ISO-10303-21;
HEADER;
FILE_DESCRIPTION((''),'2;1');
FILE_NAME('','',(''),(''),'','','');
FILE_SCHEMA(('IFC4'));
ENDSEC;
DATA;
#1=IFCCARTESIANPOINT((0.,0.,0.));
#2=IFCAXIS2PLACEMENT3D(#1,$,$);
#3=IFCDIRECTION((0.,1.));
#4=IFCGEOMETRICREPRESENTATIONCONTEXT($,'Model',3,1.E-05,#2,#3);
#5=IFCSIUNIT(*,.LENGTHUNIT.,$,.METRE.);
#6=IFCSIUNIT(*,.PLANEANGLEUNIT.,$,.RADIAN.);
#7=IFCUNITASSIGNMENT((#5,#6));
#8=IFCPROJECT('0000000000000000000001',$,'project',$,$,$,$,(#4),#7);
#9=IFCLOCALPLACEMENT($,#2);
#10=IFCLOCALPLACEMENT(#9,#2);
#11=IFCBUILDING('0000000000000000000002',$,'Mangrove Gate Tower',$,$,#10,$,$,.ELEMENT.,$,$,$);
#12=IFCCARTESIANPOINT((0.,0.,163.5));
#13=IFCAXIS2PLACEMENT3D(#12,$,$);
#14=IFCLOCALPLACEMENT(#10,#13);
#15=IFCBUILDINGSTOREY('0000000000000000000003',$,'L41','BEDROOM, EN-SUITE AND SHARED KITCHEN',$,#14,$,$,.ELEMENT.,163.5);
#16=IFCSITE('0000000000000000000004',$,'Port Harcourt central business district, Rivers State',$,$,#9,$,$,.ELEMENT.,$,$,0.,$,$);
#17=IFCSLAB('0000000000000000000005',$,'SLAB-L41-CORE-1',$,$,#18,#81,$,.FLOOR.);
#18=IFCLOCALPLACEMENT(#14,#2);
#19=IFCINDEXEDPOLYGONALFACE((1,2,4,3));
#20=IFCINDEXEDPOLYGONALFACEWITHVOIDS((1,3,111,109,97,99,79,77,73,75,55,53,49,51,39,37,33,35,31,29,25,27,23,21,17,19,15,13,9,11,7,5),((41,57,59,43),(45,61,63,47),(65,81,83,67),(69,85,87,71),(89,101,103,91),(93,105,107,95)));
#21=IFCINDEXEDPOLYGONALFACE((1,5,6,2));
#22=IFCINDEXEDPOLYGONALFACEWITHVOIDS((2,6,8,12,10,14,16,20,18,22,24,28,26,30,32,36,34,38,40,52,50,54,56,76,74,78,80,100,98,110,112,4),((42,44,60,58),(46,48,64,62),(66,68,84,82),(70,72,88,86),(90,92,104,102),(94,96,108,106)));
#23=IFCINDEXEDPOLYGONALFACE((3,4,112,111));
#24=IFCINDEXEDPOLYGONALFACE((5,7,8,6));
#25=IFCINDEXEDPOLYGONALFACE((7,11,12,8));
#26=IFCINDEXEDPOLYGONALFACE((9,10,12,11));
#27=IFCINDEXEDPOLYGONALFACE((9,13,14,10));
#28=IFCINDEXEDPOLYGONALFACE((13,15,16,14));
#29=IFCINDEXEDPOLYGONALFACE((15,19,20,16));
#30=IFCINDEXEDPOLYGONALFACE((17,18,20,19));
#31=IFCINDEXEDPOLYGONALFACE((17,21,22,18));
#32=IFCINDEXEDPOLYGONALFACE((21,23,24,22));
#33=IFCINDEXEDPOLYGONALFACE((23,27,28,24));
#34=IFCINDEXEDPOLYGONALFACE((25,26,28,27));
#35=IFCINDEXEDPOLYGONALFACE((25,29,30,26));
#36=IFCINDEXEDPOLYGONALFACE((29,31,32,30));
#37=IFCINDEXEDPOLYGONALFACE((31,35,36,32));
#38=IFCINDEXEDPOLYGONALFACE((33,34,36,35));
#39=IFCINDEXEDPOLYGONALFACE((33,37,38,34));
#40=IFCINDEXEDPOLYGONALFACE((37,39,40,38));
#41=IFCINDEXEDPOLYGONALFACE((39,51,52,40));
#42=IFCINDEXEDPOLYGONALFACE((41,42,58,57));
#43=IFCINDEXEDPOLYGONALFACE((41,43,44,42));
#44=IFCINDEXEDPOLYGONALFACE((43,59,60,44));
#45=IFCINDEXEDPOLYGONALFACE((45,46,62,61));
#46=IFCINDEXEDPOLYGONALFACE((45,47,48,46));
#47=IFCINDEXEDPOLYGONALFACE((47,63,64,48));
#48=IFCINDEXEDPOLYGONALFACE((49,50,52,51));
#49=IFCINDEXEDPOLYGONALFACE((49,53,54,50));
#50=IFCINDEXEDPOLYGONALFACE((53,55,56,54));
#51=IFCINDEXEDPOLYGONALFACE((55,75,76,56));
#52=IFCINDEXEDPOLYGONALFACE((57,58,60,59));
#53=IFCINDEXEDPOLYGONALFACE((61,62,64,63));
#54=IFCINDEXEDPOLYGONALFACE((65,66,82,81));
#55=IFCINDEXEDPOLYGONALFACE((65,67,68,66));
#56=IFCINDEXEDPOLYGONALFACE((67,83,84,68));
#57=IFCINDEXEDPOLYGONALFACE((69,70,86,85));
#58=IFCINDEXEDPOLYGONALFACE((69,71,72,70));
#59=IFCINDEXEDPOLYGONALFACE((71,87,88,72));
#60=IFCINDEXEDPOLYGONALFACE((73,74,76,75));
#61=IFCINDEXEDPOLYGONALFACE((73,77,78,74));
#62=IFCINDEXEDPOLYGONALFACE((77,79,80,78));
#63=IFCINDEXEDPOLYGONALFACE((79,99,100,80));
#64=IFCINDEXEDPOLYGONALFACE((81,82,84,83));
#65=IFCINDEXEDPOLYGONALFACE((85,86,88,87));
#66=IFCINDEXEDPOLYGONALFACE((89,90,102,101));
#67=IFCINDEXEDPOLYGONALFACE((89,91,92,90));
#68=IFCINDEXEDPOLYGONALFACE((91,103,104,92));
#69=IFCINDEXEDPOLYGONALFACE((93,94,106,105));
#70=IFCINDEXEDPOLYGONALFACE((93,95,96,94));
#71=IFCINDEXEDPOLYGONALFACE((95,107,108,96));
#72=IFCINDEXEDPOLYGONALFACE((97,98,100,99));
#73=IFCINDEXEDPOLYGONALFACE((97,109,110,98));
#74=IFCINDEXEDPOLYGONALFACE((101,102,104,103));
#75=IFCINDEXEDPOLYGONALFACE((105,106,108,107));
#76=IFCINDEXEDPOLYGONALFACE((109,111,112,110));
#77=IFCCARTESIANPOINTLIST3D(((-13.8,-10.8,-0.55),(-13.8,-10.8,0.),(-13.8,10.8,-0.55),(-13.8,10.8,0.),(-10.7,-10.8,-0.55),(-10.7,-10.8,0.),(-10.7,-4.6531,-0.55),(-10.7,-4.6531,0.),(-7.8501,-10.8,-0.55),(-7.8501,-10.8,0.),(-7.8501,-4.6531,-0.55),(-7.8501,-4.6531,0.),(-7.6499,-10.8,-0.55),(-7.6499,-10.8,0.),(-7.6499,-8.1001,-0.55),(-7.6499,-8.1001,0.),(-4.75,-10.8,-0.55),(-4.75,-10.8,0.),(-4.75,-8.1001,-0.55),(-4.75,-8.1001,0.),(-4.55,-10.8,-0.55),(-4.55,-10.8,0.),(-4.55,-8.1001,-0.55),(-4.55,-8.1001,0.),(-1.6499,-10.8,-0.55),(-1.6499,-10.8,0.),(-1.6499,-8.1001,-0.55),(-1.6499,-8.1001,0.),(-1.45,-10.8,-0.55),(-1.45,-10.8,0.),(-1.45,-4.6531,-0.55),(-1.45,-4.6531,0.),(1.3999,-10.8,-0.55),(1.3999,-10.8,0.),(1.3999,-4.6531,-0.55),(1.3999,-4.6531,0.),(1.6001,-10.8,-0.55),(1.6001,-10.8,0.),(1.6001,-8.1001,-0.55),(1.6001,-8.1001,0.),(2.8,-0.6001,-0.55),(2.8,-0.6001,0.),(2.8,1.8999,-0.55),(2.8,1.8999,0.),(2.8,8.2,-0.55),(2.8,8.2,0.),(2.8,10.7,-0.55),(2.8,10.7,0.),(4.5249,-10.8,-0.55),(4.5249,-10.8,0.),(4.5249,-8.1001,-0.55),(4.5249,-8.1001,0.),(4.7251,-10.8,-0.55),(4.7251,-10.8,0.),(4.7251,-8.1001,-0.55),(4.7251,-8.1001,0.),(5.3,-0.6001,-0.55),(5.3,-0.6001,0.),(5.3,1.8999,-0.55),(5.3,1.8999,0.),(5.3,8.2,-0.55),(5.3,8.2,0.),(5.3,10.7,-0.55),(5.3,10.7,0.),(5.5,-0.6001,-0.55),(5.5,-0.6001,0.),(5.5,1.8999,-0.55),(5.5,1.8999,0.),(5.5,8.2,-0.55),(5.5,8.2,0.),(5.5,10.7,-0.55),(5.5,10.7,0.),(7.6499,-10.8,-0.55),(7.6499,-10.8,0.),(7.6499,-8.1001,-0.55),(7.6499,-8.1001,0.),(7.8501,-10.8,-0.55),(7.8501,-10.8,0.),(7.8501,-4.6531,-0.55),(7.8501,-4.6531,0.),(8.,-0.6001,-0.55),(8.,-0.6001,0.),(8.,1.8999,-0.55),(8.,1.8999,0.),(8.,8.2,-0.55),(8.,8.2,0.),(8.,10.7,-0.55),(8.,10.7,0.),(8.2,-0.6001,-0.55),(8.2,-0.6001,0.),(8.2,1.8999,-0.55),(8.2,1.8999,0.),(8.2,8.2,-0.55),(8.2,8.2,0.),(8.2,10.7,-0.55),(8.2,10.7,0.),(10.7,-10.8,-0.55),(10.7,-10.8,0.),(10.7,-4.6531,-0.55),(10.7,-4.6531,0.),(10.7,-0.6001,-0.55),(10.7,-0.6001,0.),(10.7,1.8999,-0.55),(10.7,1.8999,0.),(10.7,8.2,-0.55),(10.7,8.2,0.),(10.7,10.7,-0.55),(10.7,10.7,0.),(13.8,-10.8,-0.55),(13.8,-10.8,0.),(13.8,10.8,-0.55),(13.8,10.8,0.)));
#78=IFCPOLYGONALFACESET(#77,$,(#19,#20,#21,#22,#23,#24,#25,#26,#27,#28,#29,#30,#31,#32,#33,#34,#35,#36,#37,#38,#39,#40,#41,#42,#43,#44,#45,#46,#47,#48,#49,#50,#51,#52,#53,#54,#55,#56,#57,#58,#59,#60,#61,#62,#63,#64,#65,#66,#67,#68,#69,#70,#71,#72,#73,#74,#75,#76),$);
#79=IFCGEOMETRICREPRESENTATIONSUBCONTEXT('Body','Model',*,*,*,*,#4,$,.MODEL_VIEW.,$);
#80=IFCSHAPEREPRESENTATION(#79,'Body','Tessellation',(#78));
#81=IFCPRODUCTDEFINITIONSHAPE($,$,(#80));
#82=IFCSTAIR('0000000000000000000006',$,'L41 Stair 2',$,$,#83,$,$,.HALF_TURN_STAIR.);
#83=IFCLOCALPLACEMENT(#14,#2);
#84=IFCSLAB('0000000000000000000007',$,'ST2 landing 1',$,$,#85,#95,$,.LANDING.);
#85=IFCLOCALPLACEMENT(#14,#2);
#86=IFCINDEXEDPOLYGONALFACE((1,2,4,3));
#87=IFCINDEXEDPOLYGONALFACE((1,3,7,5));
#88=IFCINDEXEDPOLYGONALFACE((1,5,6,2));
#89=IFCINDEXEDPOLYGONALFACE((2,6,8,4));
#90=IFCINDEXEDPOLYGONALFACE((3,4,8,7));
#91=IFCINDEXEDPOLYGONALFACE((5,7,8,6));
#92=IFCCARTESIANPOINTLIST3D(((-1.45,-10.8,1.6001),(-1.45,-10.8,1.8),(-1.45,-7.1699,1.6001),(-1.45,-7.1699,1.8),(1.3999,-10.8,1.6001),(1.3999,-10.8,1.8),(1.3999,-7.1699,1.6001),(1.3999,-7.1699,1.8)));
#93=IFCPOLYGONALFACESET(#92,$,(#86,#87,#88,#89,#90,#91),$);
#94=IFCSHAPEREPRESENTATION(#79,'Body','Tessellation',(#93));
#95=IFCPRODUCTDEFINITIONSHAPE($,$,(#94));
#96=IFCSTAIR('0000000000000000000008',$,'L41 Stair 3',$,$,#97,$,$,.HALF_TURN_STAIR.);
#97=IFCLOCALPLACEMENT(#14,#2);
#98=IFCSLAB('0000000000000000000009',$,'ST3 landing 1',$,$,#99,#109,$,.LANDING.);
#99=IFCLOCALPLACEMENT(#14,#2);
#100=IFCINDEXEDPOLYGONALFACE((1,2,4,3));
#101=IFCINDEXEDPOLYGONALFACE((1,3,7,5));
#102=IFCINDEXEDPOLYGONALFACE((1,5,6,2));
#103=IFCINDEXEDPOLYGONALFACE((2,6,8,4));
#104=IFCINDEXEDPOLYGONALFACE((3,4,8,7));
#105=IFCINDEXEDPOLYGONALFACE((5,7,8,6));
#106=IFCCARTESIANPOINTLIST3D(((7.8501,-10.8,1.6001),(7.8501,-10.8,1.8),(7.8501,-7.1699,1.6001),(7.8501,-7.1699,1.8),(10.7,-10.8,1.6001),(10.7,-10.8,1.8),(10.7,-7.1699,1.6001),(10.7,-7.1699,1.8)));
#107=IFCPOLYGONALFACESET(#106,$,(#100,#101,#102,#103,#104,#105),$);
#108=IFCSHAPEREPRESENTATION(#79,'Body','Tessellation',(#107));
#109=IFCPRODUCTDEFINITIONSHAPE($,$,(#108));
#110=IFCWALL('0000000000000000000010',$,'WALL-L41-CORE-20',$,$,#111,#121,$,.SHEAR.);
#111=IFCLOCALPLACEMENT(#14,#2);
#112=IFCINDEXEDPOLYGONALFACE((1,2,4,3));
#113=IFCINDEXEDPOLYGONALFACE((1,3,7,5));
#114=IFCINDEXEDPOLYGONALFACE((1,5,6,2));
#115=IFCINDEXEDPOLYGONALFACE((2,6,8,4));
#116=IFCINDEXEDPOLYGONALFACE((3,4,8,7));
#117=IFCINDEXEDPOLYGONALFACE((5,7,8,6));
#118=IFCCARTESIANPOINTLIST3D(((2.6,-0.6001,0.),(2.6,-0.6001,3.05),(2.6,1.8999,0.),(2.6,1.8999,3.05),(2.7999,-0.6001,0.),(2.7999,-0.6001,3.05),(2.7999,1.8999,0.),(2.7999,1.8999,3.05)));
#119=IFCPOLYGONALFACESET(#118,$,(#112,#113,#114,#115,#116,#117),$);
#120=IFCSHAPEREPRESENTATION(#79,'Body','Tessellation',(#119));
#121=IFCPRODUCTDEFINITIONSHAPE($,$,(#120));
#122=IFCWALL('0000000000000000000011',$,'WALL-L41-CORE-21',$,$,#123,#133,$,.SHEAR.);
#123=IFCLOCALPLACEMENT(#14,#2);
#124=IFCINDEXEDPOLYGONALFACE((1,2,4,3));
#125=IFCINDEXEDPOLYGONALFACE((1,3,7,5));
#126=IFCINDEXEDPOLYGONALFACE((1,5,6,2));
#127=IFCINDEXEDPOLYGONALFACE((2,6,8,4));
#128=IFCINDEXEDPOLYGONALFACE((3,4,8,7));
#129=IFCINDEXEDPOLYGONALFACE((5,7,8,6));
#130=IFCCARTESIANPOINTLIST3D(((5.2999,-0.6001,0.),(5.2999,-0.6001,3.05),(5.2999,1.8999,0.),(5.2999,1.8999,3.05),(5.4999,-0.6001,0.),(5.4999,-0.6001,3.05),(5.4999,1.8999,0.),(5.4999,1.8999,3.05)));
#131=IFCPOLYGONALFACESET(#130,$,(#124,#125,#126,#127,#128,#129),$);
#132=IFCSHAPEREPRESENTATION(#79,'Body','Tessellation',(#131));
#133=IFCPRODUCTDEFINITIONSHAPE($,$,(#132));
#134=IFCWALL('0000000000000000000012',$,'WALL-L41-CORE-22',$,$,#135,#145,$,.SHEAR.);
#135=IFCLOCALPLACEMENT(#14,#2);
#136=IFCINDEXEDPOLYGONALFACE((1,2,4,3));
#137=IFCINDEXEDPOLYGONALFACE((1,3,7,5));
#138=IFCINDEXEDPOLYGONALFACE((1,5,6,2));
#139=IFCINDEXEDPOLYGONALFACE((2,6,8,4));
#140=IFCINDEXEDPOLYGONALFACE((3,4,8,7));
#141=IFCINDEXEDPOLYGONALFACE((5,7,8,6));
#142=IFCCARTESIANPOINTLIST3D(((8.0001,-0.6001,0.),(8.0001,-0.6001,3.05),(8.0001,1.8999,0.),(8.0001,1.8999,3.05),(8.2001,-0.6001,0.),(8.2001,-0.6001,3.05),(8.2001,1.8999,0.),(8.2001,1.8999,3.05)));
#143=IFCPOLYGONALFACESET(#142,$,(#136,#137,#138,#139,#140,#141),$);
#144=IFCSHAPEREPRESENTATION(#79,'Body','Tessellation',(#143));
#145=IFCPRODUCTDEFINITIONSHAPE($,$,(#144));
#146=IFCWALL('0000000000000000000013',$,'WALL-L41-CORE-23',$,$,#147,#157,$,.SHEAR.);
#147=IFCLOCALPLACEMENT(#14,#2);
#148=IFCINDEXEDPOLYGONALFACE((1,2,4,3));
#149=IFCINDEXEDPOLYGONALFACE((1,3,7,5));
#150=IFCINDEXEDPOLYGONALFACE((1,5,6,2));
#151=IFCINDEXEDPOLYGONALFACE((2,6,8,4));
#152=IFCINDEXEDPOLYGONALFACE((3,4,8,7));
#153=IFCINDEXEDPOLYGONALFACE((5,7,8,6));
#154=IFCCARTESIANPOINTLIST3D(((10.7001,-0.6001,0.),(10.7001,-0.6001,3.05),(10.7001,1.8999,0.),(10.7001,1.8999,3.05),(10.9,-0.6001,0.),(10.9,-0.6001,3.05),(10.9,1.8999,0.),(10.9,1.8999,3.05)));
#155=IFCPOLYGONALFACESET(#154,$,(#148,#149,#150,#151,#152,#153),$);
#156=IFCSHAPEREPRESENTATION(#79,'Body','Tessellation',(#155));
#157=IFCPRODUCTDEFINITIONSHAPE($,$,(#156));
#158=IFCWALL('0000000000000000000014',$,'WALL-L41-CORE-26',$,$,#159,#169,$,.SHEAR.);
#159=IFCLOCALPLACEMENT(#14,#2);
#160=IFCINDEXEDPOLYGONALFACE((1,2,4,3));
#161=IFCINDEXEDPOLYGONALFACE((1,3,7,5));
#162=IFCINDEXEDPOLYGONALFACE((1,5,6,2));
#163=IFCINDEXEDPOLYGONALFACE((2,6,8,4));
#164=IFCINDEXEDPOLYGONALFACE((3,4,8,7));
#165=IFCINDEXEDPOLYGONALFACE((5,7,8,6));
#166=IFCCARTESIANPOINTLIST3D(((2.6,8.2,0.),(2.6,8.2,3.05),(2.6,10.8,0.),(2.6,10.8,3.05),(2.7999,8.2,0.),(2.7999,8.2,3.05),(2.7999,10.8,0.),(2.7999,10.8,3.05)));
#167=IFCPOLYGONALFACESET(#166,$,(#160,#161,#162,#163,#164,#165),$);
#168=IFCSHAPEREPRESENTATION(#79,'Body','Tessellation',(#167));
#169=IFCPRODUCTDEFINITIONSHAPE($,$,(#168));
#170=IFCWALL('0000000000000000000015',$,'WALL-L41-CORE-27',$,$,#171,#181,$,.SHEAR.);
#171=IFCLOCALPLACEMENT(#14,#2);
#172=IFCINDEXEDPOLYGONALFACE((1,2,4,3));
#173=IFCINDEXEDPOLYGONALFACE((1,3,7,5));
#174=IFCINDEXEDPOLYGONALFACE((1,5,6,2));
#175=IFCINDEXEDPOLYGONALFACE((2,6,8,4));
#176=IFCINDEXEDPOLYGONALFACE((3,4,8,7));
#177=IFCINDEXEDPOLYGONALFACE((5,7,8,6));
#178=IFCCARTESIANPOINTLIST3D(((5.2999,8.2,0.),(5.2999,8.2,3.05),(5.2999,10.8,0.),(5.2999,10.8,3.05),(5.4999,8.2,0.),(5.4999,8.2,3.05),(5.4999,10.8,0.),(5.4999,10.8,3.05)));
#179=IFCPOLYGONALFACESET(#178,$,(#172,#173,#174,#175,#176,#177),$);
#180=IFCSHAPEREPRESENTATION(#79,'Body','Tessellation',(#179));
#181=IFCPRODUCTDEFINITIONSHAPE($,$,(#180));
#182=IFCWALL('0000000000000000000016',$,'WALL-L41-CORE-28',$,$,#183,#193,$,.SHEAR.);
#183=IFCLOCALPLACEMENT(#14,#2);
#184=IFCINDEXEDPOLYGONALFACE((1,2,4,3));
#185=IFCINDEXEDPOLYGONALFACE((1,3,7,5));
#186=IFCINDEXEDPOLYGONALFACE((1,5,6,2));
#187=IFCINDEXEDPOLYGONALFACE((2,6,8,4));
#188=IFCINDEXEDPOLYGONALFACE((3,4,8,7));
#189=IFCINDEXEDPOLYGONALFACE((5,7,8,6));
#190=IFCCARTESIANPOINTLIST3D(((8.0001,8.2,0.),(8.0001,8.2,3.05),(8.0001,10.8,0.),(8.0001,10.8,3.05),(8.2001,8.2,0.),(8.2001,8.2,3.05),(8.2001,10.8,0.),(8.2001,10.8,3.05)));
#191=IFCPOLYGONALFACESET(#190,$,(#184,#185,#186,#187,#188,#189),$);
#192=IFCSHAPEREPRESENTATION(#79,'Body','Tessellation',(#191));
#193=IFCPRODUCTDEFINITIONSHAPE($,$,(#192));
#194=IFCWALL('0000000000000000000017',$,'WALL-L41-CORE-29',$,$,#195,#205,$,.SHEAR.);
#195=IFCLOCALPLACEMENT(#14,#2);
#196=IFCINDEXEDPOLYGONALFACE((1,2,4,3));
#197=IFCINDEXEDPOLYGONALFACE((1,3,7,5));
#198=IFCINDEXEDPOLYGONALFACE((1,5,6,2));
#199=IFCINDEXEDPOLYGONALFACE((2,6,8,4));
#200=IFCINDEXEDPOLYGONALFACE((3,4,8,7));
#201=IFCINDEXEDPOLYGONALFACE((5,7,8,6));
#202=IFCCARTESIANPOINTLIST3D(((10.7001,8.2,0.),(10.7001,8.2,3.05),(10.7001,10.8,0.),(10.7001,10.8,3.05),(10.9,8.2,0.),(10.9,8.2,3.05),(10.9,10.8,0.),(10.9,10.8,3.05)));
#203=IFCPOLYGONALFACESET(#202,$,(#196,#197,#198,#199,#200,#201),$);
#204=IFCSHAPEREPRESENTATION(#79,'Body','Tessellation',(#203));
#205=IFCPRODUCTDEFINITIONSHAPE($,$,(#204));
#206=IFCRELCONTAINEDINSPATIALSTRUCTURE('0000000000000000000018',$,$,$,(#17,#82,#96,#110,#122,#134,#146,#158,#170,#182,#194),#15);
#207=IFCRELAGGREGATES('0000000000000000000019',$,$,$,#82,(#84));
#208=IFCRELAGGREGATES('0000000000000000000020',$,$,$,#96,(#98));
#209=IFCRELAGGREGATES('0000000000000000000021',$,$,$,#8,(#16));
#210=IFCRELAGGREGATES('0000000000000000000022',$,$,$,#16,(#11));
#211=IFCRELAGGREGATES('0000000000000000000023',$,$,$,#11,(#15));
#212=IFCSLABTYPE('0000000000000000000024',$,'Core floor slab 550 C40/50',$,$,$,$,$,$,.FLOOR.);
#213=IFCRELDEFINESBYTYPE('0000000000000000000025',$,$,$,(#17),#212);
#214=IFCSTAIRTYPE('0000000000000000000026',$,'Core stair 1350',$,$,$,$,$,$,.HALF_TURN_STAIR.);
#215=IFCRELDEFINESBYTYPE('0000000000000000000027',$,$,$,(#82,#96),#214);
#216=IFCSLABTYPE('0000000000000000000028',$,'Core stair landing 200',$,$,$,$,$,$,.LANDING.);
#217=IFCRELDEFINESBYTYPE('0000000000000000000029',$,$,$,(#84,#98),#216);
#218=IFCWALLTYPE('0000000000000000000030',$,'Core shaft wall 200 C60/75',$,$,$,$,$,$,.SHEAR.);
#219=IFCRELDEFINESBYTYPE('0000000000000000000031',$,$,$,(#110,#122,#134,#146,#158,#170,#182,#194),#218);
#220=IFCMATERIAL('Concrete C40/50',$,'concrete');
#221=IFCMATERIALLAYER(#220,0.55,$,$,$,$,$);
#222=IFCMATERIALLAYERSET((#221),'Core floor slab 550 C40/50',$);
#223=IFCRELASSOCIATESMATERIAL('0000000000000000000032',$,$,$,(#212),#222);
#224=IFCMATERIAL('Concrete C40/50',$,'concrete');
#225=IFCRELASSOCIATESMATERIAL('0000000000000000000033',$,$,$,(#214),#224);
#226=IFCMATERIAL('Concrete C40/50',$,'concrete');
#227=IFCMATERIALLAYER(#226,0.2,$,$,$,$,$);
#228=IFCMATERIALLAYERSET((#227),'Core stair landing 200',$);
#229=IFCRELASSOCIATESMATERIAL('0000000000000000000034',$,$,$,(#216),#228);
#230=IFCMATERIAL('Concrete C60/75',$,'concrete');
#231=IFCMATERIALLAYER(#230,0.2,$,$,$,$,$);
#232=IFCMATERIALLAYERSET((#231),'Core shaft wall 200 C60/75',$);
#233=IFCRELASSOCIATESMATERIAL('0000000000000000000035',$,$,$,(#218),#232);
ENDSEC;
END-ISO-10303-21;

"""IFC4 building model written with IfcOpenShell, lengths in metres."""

from ifc_helpers import new_model, si_unit, direction, frame, frame_2d, origin, place, context, subcontext, project, spatial, polyline, rectangle, outline, extrude, material, layer, layer_set, type_object, element, aggregate, save


model = new_model("IFC4")

# Units and contexts
model_context = context("Model", 3, precision=1e-05, world=origin(), true_north=direction((0.0, 1.0)))
body_context = subcontext(model_context, "Body", "Model", "MODEL_VIEW")
ifc_project = project(units=[si_unit("LENGTHUNIT", "METRE"), si_unit("PLANEANGLEUNIT", "RADIAN")], contexts=[model_context])

# Site, building, storey
site_placement = place(None, origin())
site = spatial("IfcSite", under=ifc_project, at=site_placement, Name="Port Harcourt central business district, Rivers State", CompositionType="ELEMENT", RefElevation=0.0)
building_placement = place(site_placement, origin())
building = spatial("IfcBuilding", under=site, at=building_placement, Name="Mangrove Gate Tower", CompositionType="ELEMENT")
storey_placement = place(building_placement, frame((0.0, 0.0, 163.5)))
storey = spatial("IfcBuildingStorey", under=building, at=storey_placement, Name="L41", Description="BEDROOM, EN-SUITE AND SHARED KITCHEN", CompositionType="ELEMENT", Elevation=163.5)

# Slab
ifc_material_1 = material(Name="Concrete C40/50", Category="concrete")
ifc_layer_1 = layer(ifc_material_1, 0.55)
ifc_layer_set_1 = layer_set([ifc_layer_1], Name="Core floor slab 550 C40/50")
slab_type_1 = type_object("IfcSlabType", Name="Core floor slab 550 C40/50", PredefinedType="FLOOR", material=ifc_layer_set_1)
slab_1_placement = place(storey_placement, frame((0.0, 0.0, -0.55)))
element("IfcSlab", 1, at=slab_1_placement, inside=storey, type_object=slab_type_1, Name="SLAB-L41-CORE-1", PredefinedType="FLOOR", context=body_context, shape_type="SweptSolid", body=[
    extrude(outline(polyline([(-13.8, -10.8), (-13.8, 10.8), (13.8, 10.8), (13.8, -10.8), (10.7, -10.8), (10.7, -4.6531), (7.8501, -4.6531), (7.8501, -10.8), (7.6499, -10.8), (7.6499, -8.1001), (4.7251, -8.1001), (4.7251, -10.8), (4.5249, -10.8), (4.5249, -8.1001), (1.6001, -8.1001), (1.6001, -10.8), (1.3999, -10.8), (1.3999, -4.6531), (-1.45, -4.6531), (-1.45, -10.8), (-1.6499, -10.8), (-1.6499, -8.1001), (-4.55, -8.1001), (-4.55, -10.8), (-4.75, -10.8), (-4.75, -8.1001), (-7.6499, -8.1001), (-7.6499, -10.8), (-7.8501, -10.8), (-7.8501, -4.6531), (-10.7, -4.6531), (-10.7, -10.8), (-13.8, -10.8)]), holes=[polyline([(5.3, -0.6001), (5.3, 1.8999), (2.8, 1.8999), (2.8, -0.6001), (5.3, -0.6001)]), polyline([(5.3, 10.7), (2.8, 10.7), (2.8, 8.2), (5.3, 8.2), (5.3, 10.7)]), polyline([(8.0, -0.6001), (8.0, 1.8999), (5.5, 1.8999), (5.5, -0.6001), (8.0, -0.6001)]), polyline([(10.7, -0.6001), (10.7, 1.8999), (8.2, 1.8999), (8.2, -0.6001), (10.7, -0.6001)]), polyline([(8.0, 8.2), (8.0, 10.7), (5.5, 10.7), (5.5, 8.2), (8.0, 8.2)]), polyline([(10.7, 8.2), (10.7, 10.7), (8.2, 10.7), (8.2, 8.2), (10.7, 8.2)])]), origin(), (0.0, 0.0, 1.0), 0.55),
])

# Stairs, slabs
ifc_material_2 = material(Name="Concrete C40/50", Category="concrete")
stair_type = type_object("IfcStairType", Name="Core stair 1350", PredefinedType="HALF_TURN_STAIR", material=ifc_material_2)
stair_1_placement = place(storey_placement, origin())
stair_1 = element("IfcStair", 2, at=stair_1_placement, inside=storey, type_object=stair_type, Name="L41 Stair 2", PredefinedType="HALF_TURN_STAIR")
ifc_material_3 = material(Name="Concrete C40/50", Category="concrete")
ifc_layer_2 = layer(ifc_material_3, 0.2)
ifc_layer_set_2 = layer_set([ifc_layer_2], Name="Core stair landing 200")
slab_type_2 = type_object("IfcSlabType", Name="Core stair landing 200", PredefinedType="LANDING", material=ifc_layer_set_2)
slab_2_placement = place(storey_placement, frame((0.0, 0.0, 1.6001)))
slab_2 = element("IfcSlab", 3, at=slab_2_placement, type_object=slab_type_2, Name="ST2 landing 1", PredefinedType="LANDING", context=body_context, shape_type="SweptSolid", body=[
    extrude(outline(polyline([(-1.45, -7.1699), (-1.45, -10.8), (1.3999, -10.8), (1.3999, -7.1699), (-1.45, -7.1699)])), origin(), (0.0, 0.0, 1.0), 0.2),
])
aggregate(stair_1, [slab_2])
stair_2_placement = place(storey_placement, origin())
stair_2 = element("IfcStair", 4, at=stair_2_placement, inside=storey, type_object=stair_type, Name="L41 Stair 3", PredefinedType="HALF_TURN_STAIR")
slab_3_placement = place(storey_placement, frame((0.0, 0.0, 1.6001)))
slab_3 = element("IfcSlab", 5, at=slab_3_placement, type_object=slab_type_2, Name="ST3 landing 1", PredefinedType="LANDING", context=body_context, shape_type="SweptSolid", body=[
    extrude(outline(polyline([(7.8501, -7.1699), (7.8501, -10.8), (10.7, -10.8), (10.7, -7.1699), (7.8501, -7.1699)])), origin(), (0.0, 0.0, 1.0), 0.2),
])
aggregate(stair_2, [slab_3])

# Walls
ifc_material_4 = material(Name="Concrete C60/75", Category="concrete")
ifc_layer_3 = layer(ifc_material_4, 0.2)
ifc_layer_set_3 = layer_set([ifc_layer_3], Name="Core shaft wall 200 C60/75")
wall_type_1 = type_object("IfcWallType", Name="Core shaft wall 200 C60/75", PredefinedType="SHEAR", material=ifc_layer_set_3)
for number, where, z_axis, x_axis, name in (
    (6, (2.7, -0.6001, 0.0), (0.0, 0.0, 1.0), (0.0, 1.0, 0.0), "WALL-L41-CORE-20"),
    (7, (5.3999, -0.6001, 0.0), (0.0, 0.0, 1.0), (0.0, 1.0, 0.0), "WALL-L41-CORE-21"),
    (8, (8.1001, -0.6001, 0.0), (0.0, 0.0, 1.0), (0.0, 1.0, 0.0), "WALL-L41-CORE-22"),
    (9, (10.8, -0.6001, 0.0), (0.0, 0.0, 1.0), (0.0, 1.0, 0.0), "WALL-L41-CORE-23"),
):
    element("IfcWall", number, at=place(storey_placement, frame(where, z_axis=z_axis, x_axis=x_axis)), inside=storey, type_object=wall_type_1, Name=name, PredefinedType="SHEAR", context=body_context, shape_type="SweptSolid", body=[
        extrude(rectangle(XDim=2.5, YDim=0.2, at=frame_2d((1.25, 0.0))), origin(), (0.0, 0.0, 1.0), 3.05),
    ])
for number, where, z_axis, x_axis, name in (
    (10, (2.7, 8.2, 0.0), (0.0, 0.0, 1.0), (0.0, 1.0, 0.0), "WALL-L41-CORE-26"),
    (11, (5.3999, 8.2, 0.0), (0.0, 0.0, 1.0), (0.0, 1.0, 0.0), "WALL-L41-CORE-27"),
    (12, (8.1001, 8.2, 0.0), (0.0, 0.0, 1.0), (0.0, 1.0, 0.0), "WALL-L41-CORE-28"),
    (13, (10.8, 8.2, 0.0), (0.0, 0.0, 1.0), (0.0, 1.0, 0.0), "WALL-L41-CORE-29"),
):
    element("IfcWall", number, at=place(storey_placement, frame(where, z_axis=z_axis, x_axis=x_axis)), inside=storey, type_object=wall_type_1, Name=name, PredefinedType="SHEAR", context=body_context, shape_type="SweptSolid", body=[
        extrude(rectangle(XDim=2.6001, YDim=0.2, at=frame_2d((1.3, 0.0))), origin(), (0.0, 0.0, 1.0), 3.05),
    ])

save(model, "model.ifc")
